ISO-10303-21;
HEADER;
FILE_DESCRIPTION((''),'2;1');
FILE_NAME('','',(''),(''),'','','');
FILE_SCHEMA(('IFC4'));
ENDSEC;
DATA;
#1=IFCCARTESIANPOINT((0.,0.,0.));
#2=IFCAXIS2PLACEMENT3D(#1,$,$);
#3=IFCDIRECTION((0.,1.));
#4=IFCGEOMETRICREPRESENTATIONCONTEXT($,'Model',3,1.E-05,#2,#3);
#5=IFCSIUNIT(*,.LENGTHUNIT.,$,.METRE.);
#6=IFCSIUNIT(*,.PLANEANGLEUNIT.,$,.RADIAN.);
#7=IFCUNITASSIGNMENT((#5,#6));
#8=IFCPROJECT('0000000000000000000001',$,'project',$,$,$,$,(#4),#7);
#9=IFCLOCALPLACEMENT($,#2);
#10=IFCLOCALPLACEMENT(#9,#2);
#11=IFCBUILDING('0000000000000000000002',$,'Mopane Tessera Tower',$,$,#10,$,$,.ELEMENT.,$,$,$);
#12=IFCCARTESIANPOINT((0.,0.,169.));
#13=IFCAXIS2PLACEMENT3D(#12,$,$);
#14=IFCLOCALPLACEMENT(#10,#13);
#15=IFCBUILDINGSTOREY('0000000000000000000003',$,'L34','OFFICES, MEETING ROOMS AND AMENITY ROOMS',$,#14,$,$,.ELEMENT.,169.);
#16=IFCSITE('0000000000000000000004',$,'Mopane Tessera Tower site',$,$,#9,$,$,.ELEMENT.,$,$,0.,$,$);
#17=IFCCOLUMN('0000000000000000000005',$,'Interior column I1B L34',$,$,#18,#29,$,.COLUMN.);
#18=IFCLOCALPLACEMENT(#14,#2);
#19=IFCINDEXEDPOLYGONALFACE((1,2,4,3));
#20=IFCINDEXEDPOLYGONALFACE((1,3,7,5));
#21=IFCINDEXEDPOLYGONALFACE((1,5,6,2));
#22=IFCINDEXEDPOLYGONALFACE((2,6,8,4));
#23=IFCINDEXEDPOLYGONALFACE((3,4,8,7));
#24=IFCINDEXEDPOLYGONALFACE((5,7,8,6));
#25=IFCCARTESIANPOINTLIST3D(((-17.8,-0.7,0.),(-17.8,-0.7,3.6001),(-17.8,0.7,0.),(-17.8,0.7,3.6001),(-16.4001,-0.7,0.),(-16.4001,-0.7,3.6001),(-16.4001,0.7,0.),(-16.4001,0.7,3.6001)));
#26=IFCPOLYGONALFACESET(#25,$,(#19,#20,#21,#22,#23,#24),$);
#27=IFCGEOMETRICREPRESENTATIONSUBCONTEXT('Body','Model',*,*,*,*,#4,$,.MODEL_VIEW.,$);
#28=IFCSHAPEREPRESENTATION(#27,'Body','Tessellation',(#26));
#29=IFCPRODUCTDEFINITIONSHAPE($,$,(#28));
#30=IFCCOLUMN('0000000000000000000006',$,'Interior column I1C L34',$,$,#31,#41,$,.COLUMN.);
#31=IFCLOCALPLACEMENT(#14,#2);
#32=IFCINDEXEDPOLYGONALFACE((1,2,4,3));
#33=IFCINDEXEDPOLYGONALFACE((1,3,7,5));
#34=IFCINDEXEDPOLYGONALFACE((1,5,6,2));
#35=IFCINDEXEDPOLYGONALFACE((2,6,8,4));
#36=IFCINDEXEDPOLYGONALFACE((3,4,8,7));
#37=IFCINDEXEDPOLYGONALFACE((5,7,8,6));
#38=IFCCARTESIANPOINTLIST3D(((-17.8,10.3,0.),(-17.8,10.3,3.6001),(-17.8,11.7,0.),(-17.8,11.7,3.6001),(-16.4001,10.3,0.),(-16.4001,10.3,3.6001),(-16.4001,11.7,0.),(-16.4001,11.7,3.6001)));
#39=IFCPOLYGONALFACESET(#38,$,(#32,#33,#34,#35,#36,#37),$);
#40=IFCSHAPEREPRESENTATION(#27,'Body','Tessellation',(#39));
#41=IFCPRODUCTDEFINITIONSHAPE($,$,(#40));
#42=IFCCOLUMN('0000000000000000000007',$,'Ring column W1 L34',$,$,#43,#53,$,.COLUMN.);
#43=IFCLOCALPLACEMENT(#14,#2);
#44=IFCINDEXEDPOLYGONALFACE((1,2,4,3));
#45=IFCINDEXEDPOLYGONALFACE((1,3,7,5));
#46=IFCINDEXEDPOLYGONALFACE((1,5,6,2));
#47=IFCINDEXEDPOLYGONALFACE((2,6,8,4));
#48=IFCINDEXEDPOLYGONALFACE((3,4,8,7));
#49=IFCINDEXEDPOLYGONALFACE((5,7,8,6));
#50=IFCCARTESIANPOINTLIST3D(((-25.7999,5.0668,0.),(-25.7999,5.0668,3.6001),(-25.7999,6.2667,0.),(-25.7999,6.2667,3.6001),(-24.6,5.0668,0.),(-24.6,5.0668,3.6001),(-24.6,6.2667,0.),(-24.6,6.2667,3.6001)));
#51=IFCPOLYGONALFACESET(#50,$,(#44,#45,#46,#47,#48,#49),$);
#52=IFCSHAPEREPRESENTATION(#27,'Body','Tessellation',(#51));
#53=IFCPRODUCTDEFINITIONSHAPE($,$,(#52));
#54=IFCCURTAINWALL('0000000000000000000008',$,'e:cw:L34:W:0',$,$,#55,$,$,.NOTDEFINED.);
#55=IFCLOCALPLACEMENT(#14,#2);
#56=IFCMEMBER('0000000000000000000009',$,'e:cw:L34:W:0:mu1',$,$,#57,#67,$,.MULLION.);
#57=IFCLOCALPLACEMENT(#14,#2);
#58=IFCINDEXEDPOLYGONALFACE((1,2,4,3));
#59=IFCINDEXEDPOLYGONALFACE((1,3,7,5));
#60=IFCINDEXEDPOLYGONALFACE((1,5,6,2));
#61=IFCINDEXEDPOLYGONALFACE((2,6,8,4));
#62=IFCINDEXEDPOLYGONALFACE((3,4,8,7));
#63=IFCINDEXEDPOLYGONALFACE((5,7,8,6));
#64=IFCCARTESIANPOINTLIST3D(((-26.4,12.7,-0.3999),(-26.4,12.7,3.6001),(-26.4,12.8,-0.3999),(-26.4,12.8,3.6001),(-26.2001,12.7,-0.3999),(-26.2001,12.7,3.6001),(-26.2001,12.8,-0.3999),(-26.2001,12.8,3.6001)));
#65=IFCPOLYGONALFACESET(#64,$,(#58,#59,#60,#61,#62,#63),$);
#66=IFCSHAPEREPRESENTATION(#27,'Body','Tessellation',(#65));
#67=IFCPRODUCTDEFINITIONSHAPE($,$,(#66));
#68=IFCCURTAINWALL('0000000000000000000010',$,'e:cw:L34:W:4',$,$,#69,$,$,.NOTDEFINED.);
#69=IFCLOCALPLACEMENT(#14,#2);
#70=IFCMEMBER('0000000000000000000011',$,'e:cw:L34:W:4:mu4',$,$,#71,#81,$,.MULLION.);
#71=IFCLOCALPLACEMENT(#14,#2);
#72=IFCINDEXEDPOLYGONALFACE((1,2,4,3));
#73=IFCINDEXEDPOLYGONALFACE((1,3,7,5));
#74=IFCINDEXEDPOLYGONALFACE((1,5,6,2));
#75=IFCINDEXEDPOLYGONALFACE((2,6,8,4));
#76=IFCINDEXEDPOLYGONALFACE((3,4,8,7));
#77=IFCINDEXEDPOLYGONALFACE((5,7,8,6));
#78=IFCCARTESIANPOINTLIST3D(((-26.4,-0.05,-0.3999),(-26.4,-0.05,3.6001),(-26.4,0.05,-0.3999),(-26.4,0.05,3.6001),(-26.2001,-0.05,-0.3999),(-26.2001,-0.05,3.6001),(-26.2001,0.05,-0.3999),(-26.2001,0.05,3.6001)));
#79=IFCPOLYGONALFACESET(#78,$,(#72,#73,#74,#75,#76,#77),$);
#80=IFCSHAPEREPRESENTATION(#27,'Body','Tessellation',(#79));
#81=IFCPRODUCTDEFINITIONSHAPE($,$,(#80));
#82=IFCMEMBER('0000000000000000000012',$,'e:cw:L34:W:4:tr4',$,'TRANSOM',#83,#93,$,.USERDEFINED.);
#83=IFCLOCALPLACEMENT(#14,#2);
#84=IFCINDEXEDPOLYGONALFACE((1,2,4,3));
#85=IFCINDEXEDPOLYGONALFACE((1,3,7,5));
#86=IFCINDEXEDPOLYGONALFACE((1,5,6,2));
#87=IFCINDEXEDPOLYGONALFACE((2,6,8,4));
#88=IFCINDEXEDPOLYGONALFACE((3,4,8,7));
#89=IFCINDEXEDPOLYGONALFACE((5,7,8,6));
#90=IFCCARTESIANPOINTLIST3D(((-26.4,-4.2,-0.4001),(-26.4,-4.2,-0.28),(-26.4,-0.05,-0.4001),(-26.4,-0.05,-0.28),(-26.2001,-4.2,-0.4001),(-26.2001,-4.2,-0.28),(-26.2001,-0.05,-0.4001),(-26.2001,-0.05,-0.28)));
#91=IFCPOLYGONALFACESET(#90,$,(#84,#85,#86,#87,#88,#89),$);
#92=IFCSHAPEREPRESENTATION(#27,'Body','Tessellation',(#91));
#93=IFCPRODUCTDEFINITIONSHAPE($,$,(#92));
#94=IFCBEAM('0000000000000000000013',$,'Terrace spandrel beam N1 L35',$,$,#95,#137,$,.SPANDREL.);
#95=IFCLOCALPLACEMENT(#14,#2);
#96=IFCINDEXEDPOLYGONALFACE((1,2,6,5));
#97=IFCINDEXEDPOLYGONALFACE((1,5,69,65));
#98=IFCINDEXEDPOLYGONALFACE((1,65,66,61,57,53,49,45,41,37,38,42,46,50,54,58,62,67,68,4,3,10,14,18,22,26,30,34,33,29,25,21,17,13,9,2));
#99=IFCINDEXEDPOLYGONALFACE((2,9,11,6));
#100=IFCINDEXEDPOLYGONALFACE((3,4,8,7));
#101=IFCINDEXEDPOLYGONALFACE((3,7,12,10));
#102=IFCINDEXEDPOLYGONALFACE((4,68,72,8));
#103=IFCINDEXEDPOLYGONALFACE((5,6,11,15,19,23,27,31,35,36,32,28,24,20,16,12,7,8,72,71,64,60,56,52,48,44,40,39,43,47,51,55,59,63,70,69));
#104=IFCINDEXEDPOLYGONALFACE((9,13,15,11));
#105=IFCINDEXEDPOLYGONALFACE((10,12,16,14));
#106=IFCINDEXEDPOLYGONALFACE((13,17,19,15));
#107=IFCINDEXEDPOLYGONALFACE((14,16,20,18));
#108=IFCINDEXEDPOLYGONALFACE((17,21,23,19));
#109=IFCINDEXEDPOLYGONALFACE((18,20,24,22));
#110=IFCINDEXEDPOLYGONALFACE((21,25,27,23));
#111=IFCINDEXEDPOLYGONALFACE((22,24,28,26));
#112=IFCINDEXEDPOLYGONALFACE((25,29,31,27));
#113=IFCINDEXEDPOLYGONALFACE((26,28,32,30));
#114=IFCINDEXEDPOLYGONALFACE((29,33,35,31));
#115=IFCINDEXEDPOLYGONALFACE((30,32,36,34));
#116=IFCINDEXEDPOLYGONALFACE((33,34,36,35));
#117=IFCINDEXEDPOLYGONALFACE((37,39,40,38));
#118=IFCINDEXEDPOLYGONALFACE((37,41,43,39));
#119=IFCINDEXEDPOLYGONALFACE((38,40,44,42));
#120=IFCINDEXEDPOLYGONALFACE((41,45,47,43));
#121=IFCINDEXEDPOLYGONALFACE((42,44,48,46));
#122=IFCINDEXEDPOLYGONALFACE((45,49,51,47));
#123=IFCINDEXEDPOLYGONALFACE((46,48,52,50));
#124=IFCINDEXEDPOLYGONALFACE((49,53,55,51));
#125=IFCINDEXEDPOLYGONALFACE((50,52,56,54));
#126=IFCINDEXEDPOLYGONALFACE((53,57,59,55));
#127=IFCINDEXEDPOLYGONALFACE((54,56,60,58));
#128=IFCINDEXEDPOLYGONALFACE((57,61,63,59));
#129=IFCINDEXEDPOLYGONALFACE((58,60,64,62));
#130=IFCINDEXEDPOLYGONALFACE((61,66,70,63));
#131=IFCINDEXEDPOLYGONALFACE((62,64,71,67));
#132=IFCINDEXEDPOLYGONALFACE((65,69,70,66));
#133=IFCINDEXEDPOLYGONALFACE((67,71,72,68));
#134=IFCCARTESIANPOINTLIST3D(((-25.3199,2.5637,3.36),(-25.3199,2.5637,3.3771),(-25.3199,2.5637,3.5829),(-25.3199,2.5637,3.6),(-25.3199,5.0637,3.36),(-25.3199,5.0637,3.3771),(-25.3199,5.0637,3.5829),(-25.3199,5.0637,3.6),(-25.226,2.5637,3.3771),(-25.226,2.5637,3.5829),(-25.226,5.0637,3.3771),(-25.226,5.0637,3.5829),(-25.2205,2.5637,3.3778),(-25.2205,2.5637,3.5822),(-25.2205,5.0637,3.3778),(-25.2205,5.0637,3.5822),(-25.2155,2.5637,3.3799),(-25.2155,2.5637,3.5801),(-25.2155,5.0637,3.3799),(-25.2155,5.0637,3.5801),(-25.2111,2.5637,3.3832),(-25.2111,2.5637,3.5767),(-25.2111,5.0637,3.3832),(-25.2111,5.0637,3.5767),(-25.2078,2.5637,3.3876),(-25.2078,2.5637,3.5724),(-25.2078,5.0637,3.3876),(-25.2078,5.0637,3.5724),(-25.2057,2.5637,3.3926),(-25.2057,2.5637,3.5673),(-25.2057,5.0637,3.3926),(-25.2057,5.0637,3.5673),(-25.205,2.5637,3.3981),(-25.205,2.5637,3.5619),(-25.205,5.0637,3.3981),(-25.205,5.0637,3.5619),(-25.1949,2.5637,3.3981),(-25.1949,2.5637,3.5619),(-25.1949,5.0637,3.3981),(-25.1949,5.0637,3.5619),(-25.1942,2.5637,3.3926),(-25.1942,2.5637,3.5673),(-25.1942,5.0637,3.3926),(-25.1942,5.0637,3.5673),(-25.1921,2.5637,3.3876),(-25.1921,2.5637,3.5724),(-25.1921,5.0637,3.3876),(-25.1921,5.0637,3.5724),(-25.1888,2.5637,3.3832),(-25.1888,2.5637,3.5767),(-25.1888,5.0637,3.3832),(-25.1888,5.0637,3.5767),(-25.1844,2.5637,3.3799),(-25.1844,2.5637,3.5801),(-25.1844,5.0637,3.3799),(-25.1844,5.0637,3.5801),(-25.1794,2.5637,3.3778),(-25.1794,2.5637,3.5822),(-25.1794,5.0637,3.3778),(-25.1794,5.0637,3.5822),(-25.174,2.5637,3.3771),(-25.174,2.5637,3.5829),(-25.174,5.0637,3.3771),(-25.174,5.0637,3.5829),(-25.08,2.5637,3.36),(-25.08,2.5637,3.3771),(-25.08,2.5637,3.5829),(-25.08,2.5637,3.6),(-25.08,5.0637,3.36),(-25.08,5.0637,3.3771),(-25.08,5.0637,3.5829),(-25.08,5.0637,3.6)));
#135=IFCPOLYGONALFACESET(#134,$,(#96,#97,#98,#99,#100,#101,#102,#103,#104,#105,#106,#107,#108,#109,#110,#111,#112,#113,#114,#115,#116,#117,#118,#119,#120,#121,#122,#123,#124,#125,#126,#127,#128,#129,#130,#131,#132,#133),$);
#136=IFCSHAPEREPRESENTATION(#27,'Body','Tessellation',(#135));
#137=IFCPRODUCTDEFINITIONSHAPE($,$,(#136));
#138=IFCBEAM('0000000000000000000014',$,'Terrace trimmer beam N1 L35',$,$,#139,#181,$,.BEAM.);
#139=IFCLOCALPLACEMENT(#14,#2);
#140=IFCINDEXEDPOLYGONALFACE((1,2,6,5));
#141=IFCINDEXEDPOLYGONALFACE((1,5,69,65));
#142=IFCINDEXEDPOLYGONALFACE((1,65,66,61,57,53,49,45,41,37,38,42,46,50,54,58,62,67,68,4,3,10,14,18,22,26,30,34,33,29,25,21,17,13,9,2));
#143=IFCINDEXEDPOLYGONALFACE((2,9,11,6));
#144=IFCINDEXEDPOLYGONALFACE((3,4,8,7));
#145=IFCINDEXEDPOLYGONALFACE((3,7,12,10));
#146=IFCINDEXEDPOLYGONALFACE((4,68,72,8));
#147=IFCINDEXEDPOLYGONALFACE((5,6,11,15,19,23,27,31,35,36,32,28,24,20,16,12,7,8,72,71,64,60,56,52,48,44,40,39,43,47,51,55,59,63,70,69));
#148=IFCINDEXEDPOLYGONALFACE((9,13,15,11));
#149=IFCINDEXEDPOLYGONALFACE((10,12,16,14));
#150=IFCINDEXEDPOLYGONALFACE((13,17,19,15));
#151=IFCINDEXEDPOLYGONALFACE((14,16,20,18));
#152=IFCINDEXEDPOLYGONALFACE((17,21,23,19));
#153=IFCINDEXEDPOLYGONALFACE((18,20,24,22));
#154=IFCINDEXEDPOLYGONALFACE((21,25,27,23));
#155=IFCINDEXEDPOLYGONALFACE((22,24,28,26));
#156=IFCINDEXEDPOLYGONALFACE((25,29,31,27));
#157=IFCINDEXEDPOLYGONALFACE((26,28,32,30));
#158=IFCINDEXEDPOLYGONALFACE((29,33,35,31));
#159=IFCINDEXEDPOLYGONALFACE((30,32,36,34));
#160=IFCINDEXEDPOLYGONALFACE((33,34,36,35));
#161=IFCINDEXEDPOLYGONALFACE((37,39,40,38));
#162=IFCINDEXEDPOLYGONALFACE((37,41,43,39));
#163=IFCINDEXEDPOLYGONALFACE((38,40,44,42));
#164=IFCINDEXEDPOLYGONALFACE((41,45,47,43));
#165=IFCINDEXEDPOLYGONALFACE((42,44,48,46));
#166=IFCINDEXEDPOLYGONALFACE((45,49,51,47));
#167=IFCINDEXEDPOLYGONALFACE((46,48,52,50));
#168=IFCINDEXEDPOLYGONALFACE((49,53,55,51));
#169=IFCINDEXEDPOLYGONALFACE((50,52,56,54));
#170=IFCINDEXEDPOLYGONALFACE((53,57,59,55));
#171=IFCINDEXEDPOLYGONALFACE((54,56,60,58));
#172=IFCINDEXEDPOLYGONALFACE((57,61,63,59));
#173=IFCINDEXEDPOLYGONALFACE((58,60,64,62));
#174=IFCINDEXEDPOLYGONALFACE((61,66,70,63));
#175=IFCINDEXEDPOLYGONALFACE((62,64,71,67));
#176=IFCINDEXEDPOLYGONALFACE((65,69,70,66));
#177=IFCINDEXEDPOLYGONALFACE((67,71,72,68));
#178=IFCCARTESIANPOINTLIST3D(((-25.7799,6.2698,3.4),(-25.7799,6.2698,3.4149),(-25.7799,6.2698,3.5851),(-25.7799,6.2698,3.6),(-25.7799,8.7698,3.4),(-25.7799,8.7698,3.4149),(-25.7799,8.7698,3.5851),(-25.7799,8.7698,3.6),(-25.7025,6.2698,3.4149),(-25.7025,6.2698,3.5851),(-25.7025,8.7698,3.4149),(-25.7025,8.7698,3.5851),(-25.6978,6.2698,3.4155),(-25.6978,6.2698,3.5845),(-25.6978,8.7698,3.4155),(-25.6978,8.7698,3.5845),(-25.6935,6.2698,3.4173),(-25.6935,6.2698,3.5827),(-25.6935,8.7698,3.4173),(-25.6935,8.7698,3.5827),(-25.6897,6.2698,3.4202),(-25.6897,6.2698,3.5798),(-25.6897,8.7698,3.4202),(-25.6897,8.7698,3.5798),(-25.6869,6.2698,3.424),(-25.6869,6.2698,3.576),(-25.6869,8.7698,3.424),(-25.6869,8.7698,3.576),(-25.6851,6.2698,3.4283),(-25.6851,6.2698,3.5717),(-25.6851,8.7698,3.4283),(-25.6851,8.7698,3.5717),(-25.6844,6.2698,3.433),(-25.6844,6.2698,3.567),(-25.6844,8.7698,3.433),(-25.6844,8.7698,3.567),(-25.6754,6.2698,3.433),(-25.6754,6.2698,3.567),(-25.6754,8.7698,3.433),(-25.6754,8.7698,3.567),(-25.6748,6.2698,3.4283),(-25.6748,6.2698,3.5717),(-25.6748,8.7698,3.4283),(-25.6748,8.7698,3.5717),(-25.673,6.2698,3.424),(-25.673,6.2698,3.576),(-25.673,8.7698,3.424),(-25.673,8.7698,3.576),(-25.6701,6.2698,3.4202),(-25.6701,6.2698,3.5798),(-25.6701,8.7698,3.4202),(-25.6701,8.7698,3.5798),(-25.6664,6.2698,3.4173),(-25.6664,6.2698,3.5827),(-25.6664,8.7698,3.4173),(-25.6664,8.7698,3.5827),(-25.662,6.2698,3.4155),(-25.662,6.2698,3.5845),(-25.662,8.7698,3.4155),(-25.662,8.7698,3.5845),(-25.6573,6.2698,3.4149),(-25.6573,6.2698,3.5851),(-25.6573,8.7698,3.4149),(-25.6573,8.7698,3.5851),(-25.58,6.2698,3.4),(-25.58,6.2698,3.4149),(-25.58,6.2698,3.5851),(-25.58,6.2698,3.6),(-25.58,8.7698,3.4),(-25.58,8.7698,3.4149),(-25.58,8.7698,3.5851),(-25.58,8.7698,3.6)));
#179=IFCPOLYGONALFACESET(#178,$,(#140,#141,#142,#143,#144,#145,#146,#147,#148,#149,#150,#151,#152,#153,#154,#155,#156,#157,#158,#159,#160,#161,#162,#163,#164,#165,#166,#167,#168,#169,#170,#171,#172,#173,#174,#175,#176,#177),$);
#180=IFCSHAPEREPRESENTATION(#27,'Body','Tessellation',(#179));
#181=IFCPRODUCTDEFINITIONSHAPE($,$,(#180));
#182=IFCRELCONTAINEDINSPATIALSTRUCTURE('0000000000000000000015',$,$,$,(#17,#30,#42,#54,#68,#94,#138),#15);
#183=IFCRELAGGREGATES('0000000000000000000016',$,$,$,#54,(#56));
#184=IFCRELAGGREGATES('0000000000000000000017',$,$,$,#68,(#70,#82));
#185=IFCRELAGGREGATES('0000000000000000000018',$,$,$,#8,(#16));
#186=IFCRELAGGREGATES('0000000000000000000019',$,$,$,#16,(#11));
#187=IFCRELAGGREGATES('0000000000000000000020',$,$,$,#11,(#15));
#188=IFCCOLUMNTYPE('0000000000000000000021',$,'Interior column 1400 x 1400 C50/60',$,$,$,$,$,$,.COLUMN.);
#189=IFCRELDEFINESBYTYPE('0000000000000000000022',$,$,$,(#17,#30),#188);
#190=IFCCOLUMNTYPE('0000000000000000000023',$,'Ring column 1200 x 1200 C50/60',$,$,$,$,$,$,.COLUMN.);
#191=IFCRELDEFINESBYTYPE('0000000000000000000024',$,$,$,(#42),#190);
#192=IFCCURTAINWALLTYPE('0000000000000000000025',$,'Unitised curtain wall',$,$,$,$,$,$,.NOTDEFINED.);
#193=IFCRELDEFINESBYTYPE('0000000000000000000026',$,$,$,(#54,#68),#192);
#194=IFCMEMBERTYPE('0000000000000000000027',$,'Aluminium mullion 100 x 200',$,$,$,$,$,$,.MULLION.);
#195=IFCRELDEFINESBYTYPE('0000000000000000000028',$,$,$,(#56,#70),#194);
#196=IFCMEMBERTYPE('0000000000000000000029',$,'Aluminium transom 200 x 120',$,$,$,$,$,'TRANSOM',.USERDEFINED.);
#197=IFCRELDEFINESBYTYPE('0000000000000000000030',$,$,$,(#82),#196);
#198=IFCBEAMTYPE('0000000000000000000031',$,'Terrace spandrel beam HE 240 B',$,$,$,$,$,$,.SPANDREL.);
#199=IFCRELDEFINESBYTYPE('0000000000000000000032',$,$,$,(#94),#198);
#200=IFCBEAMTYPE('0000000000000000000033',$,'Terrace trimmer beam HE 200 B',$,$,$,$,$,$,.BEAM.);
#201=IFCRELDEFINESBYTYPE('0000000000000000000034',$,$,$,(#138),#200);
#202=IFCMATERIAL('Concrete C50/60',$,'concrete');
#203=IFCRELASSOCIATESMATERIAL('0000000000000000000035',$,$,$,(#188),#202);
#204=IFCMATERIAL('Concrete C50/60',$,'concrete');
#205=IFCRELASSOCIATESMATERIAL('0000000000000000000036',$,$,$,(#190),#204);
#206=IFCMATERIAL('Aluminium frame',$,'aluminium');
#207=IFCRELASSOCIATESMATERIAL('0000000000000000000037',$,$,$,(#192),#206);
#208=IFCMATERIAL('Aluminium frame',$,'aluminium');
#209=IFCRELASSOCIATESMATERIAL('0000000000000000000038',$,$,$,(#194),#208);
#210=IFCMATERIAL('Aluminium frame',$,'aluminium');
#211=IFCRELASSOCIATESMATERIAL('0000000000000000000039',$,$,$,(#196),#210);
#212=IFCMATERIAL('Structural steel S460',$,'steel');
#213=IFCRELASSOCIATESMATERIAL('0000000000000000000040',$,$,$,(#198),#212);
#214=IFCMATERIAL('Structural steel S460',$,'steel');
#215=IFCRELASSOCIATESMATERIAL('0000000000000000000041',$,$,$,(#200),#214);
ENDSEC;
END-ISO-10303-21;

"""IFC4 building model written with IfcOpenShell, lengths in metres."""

from ifc_helpers import new_model, si_unit, direction, frame, origin, origin_2d, place, context, subcontext, project, spatial, rectangle, i_section, extrude, material, material_profile, profile_set, type_object, element, aggregate, save


model = new_model("IFC4")

# Units and contexts
model_context = context("Model", 3, precision=1e-05, world=origin(), true_north=direction((0.0, 1.0)))
body_context = subcontext(model_context, "Body", "Model", "MODEL_VIEW")
ifc_project = project(units=[si_unit("LENGTHUNIT", "METRE"), si_unit("PLANEANGLEUNIT", "RADIAN")], contexts=[model_context])

# Site, building, storey
site_placement = place(None, origin())
site = spatial("IfcSite", under=ifc_project, at=site_placement, Name="Mopane Tessera Tower site", CompositionType="ELEMENT", RefElevation=0.0)
building_placement = place(site_placement, origin())
building = spatial("IfcBuilding", under=site, at=building_placement, Name="Mopane Tessera Tower", CompositionType="ELEMENT")
storey_placement = place(building_placement, frame((0.0, 0.0, 169.0)))
storey = spatial("IfcBuildingStorey", under=building, at=storey_placement, Name="L34", Description="OFFICES, MEETING ROOMS AND AMENITY ROOMS", CompositionType="ELEMENT", Elevation=169.0)

# Columns
ifc_material_1 = material(Name="Concrete C50/60", Category="concrete")
ifc_material_profile_1 = material_profile(ifc_material_1, rectangle(XDim=1.3999, YDim=1.3999, at=origin_2d()))
ifc_profile_set_1 = profile_set([ifc_material_profile_1], Name="Concrete C50/60")
column_type_1 = type_object("IfcColumnType", Name="Interior column 1400 x 1400 C50/60", PredefinedType="COLUMN", material=ifc_profile_set_1)
for number, where, z_axis, x_axis, name in (
    (1, (-17.1001, 0.0, 0.0), (0.0, 0.0, 1.0), (1.0, 0.0, 0.0), "Interior column I1B L34"),
    (2, (-17.1001, 11.0, 0.0), (0.0, 0.0, 1.0), (1.0, 0.0, 0.0), "Interior column I1C L34"),
):
    element("IfcColumn", number, at=place(storey_placement, frame(where, z_axis=z_axis, x_axis=x_axis)), inside=storey, type_object=column_type_1, Name=name, PredefinedType="COLUMN", context=body_context, shape_type="SweptSolid", body=[
        extrude(rectangle(XDim=1.3999, YDim=1.3999, at=origin_2d()), origin(), (0.0, 0.0, 1.0), 3.6001),
    ])
ifc_material_2 = material(Name="Concrete C50/60", Category="concrete")
ifc_material_profile_2 = material_profile(ifc_material_2, rectangle(XDim=1.2, YDim=1.2, at=origin_2d()))
ifc_profile_set_2 = profile_set([ifc_material_profile_2], Name="Concrete C50/60")
column_type_2 = type_object("IfcColumnType", Name="Ring column 1200 x 1200 C50/60", PredefinedType="COLUMN", material=ifc_profile_set_2)
column_placement = place(storey_placement, frame((-25.2, 5.6667, 0.0), z_axis=(0.0, 0.0, 1.0), x_axis=(1.0, 0.0, 0.0)))
element("IfcColumn", 3, at=column_placement, inside=storey, type_object=column_type_2, Name="Ring column W1 L34", PredefinedType="COLUMN", context=body_context, shape_type="SweptSolid", body=[
    extrude(rectangle(XDim=1.2, YDim=1.2, at=origin_2d()), origin(), (0.0, 0.0, 1.0), 3.6001),
])

# Curtain wall, member
ifc_material_3 = material(Name="Aluminium frame", Category="aluminium")
curtain_wall_type = type_object("IfcCurtainWallType", Name="Unitised curtain wall", PredefinedType="NOTDEFINED", material=ifc_material_3)
curtain_wall_1_placement = place(storey_placement, origin())
curtain_wall_1 = element("IfcCurtainWall", 4, at=curtain_wall_1_placement, inside=storey, type_object=curtain_wall_type, Name="e:cw:L34:W:0", PredefinedType="NOTDEFINED")
ifc_material_4 = material(Name="Aluminium frame", Category="aluminium")
ifc_material_profile_3 = material_profile(ifc_material_4, rectangle(XDim=0.1001, YDim=0.2, at=origin_2d()))
ifc_profile_set_3 = profile_set([ifc_material_profile_3], Name="Aluminium frame")
member_type_1 = type_object("IfcMemberType", Name="Aluminium mullion 100 x 200", PredefinedType="MULLION", material=ifc_profile_set_3)
member_1_placement = place(storey_placement, frame((-26.3, 12.75, -0.3999), z_axis=(0.0, 0.0, 1.0), x_axis=(0.0, -1.0, 0.0)))
member_1 = element("IfcMember", 5, at=member_1_placement, type_object=member_type_1, Name="e:cw:L34:W:0:mu1", PredefinedType="MULLION", context=body_context, shape_type="SweptSolid", body=[
    extrude(rectangle(XDim=0.1001, YDim=0.2, at=origin_2d()), origin(), (0.0, 0.0, 1.0), 4.0),
])
aggregate(curtain_wall_1, [member_1])

# Curtain wall, members
curtain_wall_2_placement = place(storey_placement, origin())
curtain_wall_2 = element("IfcCurtainWall", 6, at=curtain_wall_2_placement, inside=storey, type_object=curtain_wall_type, Name="e:cw:L34:W:4", PredefinedType="NOTDEFINED")
member_2_placement = place(storey_placement, frame((-26.3, 0.0, -0.3999), z_axis=(0.0, 0.0, 1.0), x_axis=(0.0, -1.0, 0.0)))
member_2 = element("IfcMember", 7, at=member_2_placement, type_object=member_type_1, Name="e:cw:L34:W:4:mu4", PredefinedType="MULLION", context=body_context, shape_type="SweptSolid", body=[
    extrude(rectangle(XDim=0.1001, YDim=0.2, at=origin_2d()), origin(), (0.0, 0.0, 1.0), 4.0),
])
ifc_material_5 = material(Name="Aluminium frame", Category="aluminium")
ifc_material_profile_4 = material_profile(ifc_material_5, rectangle(XDim=0.2, YDim=0.1201, at=origin_2d()))
ifc_profile_set_4 = profile_set([ifc_material_profile_4], Name="Aluminium frame")
member_type_2 = type_object("IfcMemberType", Name="Aluminium transom 200 x 120", ElementType="TRANSOM", PredefinedType="USERDEFINED", material=ifc_profile_set_4)
member_3_placement = place(storey_placement, frame((-26.3, -0.05, -0.3401), z_axis=(0.0, -1.0, 0.0), x_axis=(1.0, 0.0, 0.0)))
member_3 = element("IfcMember", 8, at=member_3_placement, type_object=member_type_2, Name="e:cw:L34:W:4:tr4", ObjectType="TRANSOM", PredefinedType="USERDEFINED", context=body_context, shape_type="SweptSolid", body=[
    extrude(rectangle(XDim=0.2, YDim=0.1201, at=origin_2d()), origin(), (0.0, 0.0, 1.0), 4.1499),
])
aggregate(curtain_wall_2, [member_2, member_3])

# Beams
ifc_material_6 = material(Name="Structural steel S460", Category="steel")
ifc_material_profile_5 = material_profile(ifc_material_6, i_section(OverallWidth=0.24, OverallDepth=0.24, WebThickness=0.01, FlangeThickness=0.0171, FilletRadius=0.021, at=origin_2d()))
ifc_profile_set_5 = profile_set([ifc_material_profile_5], Name="Structural steel S460")
beam_type_1 = type_object("IfcBeamType", Name="Terrace spandrel beam HE 240 B", PredefinedType="SPANDREL", material=ifc_profile_set_5)
beam_1_placement = place(storey_placement, frame((-25.2, 5.0637, 3.48), z_axis=(0.0, -1.0, 0.0), x_axis=(1.0, 0.0, 0.0)))
element("IfcBeam", 9, at=beam_1_placement, inside=storey, type_object=beam_type_1, Name="Terrace spandrel beam N1 L35", PredefinedType="SPANDREL", context=body_context, shape_type="SweptSolid", body=[
    extrude(i_section(OverallWidth=0.24, OverallDepth=0.24, WebThickness=0.01, FlangeThickness=0.0171, FilletRadius=0.021, at=origin_2d()), origin(), (0.0, 0.0, 1.0), 2.5),
])
ifc_material_7 = material(Name="Structural steel S460", Category="steel")
ifc_material_profile_6 = material_profile(ifc_material_7, i_section(OverallWidth=0.2, OverallDepth=0.2, WebThickness=0.009, FlangeThickness=0.0149, FilletRadius=0.0181, at=origin_2d()))
ifc_profile_set_6 = profile_set([ifc_material_profile_6], Name="Structural steel S460")
beam_type_2 = type_object("IfcBeamType", Name="Terrace trimmer beam HE 200 B", PredefinedType="BEAM", material=ifc_profile_set_6)
beam_2_placement = place(storey_placement, frame((-25.6799, 6.2698, 3.5), z_axis=(0.0, 1.0, 0.0), x_axis=(-1.0, 0.0, 0.0)))
element("IfcBeam", 10, at=beam_2_placement, inside=storey, type_object=beam_type_2, Name="Terrace trimmer beam N1 L35", PredefinedType="BEAM", context=body_context, shape_type="SweptSolid", body=[
    extrude(i_section(OverallWidth=0.2, OverallDepth=0.2, WebThickness=0.009, FlangeThickness=0.0149, FilletRadius=0.0181, at=origin_2d()), origin(), (0.0, 0.0, 1.0), 2.5),
])

save(model, "model.ifc")
